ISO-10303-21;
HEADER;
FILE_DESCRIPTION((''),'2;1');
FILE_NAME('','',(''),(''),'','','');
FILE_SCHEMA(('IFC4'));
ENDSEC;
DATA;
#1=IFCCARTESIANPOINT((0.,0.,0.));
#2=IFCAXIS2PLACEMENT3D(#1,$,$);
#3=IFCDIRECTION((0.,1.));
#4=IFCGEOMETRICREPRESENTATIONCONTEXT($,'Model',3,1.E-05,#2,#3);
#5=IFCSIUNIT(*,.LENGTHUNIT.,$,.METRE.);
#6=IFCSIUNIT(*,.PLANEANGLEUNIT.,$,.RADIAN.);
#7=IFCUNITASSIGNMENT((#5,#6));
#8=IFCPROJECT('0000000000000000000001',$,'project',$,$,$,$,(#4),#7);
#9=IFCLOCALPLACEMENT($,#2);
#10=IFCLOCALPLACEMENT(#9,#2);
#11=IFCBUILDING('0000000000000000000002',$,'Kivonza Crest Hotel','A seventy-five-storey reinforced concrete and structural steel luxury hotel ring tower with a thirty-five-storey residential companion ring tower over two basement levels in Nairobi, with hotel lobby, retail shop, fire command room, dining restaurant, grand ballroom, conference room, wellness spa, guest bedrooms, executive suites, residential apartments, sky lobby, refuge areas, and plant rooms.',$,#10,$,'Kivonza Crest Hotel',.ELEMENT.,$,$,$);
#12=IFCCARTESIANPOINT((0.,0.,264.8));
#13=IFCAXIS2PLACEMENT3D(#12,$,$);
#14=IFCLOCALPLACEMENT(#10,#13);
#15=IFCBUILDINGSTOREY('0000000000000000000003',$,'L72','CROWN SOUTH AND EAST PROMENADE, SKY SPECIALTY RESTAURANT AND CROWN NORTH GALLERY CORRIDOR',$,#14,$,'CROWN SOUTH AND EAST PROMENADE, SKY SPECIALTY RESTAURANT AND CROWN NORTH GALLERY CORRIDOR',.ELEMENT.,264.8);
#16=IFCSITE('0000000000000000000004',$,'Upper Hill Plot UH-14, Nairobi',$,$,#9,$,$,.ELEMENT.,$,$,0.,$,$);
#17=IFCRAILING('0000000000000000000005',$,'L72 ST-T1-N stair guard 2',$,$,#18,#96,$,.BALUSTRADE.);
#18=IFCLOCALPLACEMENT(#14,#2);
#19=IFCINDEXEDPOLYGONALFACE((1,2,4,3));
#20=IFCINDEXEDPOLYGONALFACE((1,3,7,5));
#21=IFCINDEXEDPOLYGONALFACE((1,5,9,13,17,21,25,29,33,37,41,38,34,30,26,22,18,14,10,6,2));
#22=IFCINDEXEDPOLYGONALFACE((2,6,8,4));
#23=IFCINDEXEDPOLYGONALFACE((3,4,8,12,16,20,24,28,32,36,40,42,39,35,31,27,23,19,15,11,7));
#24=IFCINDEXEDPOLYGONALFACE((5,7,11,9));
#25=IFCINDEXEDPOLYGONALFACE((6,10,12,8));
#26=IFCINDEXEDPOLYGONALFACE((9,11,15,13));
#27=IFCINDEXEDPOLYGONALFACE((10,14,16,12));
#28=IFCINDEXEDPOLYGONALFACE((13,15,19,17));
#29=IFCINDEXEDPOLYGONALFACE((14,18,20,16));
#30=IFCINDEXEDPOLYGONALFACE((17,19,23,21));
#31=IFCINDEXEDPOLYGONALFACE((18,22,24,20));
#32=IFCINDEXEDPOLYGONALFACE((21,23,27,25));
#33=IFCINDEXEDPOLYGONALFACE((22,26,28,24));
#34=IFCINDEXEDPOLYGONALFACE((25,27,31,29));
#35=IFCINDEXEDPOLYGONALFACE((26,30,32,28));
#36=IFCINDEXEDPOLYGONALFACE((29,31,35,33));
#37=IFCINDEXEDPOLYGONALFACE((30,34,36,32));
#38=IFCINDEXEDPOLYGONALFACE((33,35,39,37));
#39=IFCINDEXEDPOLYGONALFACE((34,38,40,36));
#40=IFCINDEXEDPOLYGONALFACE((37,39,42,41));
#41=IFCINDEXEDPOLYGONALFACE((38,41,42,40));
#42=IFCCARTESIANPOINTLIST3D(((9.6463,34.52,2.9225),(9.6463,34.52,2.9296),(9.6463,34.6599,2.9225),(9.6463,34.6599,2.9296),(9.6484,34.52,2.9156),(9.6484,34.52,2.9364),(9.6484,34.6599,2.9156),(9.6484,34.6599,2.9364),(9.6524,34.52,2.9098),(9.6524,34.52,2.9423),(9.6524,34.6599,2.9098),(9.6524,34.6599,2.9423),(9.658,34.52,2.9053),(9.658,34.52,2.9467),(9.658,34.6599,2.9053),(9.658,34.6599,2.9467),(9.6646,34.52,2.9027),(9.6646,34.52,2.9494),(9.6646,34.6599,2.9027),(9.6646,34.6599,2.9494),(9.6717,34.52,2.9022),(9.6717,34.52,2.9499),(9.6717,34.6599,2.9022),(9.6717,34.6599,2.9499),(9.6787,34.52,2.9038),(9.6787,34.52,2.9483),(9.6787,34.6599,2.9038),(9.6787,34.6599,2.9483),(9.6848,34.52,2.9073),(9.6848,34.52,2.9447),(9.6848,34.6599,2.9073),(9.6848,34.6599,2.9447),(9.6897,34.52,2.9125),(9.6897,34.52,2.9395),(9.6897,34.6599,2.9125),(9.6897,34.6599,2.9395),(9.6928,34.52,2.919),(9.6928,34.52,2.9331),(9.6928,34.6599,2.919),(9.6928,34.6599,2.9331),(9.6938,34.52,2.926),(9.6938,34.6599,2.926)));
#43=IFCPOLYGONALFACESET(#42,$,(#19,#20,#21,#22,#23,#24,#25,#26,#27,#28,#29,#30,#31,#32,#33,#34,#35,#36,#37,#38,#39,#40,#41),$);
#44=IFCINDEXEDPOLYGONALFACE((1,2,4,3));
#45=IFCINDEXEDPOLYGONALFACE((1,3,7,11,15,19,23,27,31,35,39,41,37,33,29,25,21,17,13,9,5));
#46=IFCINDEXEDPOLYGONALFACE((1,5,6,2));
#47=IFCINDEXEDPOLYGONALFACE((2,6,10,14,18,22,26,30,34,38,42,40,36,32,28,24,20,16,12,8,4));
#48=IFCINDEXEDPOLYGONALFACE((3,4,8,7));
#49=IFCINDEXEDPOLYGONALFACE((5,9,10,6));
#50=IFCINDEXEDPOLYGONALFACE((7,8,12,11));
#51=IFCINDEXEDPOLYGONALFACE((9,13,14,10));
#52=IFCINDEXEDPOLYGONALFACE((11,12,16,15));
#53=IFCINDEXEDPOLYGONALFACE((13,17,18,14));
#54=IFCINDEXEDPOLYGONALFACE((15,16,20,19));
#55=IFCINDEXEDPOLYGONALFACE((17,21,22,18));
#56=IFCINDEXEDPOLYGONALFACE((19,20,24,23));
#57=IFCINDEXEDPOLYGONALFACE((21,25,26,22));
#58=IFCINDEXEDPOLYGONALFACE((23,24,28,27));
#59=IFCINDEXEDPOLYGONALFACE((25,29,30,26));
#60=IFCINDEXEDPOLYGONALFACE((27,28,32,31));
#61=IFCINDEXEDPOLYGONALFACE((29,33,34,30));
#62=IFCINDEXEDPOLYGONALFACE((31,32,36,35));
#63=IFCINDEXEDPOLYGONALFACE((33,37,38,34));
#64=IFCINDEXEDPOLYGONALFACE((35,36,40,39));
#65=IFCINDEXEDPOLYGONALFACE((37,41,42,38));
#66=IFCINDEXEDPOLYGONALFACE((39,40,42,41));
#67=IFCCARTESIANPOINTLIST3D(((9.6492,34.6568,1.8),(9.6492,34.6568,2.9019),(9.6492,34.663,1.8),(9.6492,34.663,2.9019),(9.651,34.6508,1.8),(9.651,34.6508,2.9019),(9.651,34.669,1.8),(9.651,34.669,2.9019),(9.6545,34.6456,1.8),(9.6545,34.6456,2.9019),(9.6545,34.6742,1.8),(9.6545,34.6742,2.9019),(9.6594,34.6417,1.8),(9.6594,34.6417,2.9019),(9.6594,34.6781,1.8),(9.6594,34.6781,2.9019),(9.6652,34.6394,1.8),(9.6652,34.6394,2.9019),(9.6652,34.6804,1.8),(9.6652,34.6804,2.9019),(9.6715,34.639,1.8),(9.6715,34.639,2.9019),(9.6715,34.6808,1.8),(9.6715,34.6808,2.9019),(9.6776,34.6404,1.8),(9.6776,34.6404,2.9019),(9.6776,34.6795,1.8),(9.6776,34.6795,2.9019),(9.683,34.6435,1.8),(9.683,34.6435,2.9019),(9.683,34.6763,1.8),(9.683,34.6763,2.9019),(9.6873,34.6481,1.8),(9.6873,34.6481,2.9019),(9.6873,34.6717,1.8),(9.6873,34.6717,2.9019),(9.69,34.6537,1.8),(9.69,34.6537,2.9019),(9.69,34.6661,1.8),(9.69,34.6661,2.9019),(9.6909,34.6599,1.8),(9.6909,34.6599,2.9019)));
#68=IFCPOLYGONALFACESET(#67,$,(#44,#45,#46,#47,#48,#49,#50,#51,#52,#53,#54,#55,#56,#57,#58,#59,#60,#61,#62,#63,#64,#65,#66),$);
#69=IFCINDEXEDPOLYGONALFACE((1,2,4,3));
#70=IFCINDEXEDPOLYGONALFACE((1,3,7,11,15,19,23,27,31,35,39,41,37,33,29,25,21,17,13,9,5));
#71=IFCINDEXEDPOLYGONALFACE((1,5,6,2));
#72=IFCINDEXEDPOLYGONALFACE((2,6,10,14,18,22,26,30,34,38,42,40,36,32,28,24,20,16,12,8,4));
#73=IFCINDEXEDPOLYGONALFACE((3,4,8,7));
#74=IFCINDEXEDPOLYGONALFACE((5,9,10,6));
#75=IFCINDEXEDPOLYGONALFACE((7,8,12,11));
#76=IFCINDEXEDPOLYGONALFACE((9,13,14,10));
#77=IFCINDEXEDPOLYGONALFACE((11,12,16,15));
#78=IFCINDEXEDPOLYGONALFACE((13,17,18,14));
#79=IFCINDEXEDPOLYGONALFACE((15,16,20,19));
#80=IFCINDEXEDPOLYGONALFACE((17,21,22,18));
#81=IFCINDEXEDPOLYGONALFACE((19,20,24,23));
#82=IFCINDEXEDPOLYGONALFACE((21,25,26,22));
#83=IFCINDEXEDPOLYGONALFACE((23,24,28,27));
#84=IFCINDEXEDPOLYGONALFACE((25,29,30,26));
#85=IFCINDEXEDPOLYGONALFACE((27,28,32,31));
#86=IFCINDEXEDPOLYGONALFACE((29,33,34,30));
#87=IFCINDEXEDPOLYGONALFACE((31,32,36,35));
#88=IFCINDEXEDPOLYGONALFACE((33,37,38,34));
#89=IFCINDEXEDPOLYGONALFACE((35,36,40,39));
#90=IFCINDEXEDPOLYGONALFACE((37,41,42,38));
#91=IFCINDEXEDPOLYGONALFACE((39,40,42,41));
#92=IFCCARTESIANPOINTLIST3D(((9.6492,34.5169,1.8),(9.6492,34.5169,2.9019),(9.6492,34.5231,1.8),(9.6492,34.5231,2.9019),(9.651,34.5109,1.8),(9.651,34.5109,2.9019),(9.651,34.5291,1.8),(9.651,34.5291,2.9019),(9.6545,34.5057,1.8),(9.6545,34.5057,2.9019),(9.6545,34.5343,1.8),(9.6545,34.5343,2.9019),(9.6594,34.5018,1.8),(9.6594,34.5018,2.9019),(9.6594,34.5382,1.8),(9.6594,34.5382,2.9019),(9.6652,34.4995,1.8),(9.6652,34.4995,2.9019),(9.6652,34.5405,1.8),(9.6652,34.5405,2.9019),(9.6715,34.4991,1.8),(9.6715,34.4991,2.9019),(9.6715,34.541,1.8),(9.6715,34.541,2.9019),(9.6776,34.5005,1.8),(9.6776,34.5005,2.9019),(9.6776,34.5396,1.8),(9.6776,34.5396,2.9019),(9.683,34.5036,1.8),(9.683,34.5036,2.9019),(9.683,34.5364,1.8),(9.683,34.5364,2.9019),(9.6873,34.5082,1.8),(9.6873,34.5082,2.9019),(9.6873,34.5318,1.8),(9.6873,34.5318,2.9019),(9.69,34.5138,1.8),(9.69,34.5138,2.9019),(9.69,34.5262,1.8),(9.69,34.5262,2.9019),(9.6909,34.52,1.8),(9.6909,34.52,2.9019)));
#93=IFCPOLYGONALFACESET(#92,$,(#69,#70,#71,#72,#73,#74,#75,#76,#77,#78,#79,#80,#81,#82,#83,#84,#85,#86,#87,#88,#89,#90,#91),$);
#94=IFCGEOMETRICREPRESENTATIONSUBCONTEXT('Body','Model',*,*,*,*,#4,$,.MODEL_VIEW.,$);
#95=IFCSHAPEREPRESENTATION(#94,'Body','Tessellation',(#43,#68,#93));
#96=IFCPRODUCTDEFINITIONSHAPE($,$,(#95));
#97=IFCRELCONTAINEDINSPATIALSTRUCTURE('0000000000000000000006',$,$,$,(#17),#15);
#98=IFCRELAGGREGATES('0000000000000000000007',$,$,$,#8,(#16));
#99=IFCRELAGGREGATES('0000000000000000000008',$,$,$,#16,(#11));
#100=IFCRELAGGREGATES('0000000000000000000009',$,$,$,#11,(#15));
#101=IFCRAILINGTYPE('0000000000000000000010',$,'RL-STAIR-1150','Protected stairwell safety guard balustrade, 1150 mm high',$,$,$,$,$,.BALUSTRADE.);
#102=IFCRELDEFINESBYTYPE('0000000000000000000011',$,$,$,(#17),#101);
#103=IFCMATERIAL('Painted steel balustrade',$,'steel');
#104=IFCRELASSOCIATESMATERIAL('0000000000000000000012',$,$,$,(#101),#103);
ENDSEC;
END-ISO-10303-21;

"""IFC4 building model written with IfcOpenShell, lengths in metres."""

from ifc_helpers import new_model, si_unit, direction, frame, origin, origin_2d, place, context, subcontext, project, spatial, circle, extrude, material, type_object, element, save


model = new_model("IFC4")

# Units and contexts
model_context = context("Model", 3, precision=1e-05, world=origin(), true_north=direction((0.0, 1.0)))
body_context = subcontext(model_context, "Body", "Model", "MODEL_VIEW")
ifc_project = project(units=[si_unit("LENGTHUNIT", "METRE"), si_unit("PLANEANGLEUNIT", "RADIAN")], contexts=[model_context])

# Site, building, storey
site_placement = place(None, origin())
site = spatial("IfcSite", under=ifc_project, at=site_placement, Name="Upper Hill Plot UH-14, Nairobi", CompositionType="ELEMENT", RefElevation=0.0)
building_placement = place(site_placement, origin())
building = spatial("IfcBuilding", under=site, at=building_placement, Name="Kivonza Crest Hotel", Description="A seventy-five-storey reinforced concrete and structural steel luxury hotel ring tower with a thirty-five-storey residential companion ring tower over two basement levels in Nairobi, with hotel lobby, retail shop, fire command room, dining restaurant, grand ballroom, conference room, wellness spa, guest bedrooms, executive suites, residential apartments, sky lobby, refuge areas, and plant rooms.", LongName="Kivonza Crest Hotel", CompositionType="ELEMENT")
storey_placement = place(building_placement, frame((0.0, 0.0, 264.8)))
storey = spatial("IfcBuildingStorey", under=building, at=storey_placement, Name="L72", Description="CROWN SOUTH AND EAST PROMENADE, SKY SPECIALTY RESTAURANT AND CROWN NORTH GALLERY CORRIDOR", LongName="CROWN SOUTH AND EAST PROMENADE, SKY SPECIALTY RESTAURANT AND CROWN NORTH GALLERY CORRIDOR", CompositionType="ELEMENT", Elevation=264.8)

# Railing
ifc_material_1 = material(Name="Painted steel balustrade", Category="steel")
railing_type_1 = type_object("IfcRailingType", Name="RL-STAIR-1150", Description="Protected stairwell safety guard balustrade, 1150 mm high", PredefinedType="BALUSTRADE", material=ifc_material_1)
railing_1_placement = place(storey_placement, frame((9.6699, 34.6599, 1.8)))
element("IfcRailing", 1, at=railing_1_placement, inside=storey, type_object=railing_type_1, Name="L72 ST-T1-N stair guard 2", PredefinedType="BALUSTRADE", context=body_context, shape_type="SweptSolid", body=[
    extrude(circle(Radius=0.0239, at=origin_2d()), frame((0.0, 0.0, 1.126), z_axis=(0.0, -1.0, 0.0), x_axis=(1.0, 0.0, 0.0)), (0.0, 0.0, 1.0), 0.1399),
    extrude(circle(Radius=0.021, at=origin_2d()), origin(), (0.0, 0.0, 1.0), 1.1018),
    extrude(circle(Radius=0.021, at=origin_2d()), frame((0.0, -0.1399, 0.0)), (0.0, 0.0, 1.0), 1.1018),
])

save(model, "model.ifc")
